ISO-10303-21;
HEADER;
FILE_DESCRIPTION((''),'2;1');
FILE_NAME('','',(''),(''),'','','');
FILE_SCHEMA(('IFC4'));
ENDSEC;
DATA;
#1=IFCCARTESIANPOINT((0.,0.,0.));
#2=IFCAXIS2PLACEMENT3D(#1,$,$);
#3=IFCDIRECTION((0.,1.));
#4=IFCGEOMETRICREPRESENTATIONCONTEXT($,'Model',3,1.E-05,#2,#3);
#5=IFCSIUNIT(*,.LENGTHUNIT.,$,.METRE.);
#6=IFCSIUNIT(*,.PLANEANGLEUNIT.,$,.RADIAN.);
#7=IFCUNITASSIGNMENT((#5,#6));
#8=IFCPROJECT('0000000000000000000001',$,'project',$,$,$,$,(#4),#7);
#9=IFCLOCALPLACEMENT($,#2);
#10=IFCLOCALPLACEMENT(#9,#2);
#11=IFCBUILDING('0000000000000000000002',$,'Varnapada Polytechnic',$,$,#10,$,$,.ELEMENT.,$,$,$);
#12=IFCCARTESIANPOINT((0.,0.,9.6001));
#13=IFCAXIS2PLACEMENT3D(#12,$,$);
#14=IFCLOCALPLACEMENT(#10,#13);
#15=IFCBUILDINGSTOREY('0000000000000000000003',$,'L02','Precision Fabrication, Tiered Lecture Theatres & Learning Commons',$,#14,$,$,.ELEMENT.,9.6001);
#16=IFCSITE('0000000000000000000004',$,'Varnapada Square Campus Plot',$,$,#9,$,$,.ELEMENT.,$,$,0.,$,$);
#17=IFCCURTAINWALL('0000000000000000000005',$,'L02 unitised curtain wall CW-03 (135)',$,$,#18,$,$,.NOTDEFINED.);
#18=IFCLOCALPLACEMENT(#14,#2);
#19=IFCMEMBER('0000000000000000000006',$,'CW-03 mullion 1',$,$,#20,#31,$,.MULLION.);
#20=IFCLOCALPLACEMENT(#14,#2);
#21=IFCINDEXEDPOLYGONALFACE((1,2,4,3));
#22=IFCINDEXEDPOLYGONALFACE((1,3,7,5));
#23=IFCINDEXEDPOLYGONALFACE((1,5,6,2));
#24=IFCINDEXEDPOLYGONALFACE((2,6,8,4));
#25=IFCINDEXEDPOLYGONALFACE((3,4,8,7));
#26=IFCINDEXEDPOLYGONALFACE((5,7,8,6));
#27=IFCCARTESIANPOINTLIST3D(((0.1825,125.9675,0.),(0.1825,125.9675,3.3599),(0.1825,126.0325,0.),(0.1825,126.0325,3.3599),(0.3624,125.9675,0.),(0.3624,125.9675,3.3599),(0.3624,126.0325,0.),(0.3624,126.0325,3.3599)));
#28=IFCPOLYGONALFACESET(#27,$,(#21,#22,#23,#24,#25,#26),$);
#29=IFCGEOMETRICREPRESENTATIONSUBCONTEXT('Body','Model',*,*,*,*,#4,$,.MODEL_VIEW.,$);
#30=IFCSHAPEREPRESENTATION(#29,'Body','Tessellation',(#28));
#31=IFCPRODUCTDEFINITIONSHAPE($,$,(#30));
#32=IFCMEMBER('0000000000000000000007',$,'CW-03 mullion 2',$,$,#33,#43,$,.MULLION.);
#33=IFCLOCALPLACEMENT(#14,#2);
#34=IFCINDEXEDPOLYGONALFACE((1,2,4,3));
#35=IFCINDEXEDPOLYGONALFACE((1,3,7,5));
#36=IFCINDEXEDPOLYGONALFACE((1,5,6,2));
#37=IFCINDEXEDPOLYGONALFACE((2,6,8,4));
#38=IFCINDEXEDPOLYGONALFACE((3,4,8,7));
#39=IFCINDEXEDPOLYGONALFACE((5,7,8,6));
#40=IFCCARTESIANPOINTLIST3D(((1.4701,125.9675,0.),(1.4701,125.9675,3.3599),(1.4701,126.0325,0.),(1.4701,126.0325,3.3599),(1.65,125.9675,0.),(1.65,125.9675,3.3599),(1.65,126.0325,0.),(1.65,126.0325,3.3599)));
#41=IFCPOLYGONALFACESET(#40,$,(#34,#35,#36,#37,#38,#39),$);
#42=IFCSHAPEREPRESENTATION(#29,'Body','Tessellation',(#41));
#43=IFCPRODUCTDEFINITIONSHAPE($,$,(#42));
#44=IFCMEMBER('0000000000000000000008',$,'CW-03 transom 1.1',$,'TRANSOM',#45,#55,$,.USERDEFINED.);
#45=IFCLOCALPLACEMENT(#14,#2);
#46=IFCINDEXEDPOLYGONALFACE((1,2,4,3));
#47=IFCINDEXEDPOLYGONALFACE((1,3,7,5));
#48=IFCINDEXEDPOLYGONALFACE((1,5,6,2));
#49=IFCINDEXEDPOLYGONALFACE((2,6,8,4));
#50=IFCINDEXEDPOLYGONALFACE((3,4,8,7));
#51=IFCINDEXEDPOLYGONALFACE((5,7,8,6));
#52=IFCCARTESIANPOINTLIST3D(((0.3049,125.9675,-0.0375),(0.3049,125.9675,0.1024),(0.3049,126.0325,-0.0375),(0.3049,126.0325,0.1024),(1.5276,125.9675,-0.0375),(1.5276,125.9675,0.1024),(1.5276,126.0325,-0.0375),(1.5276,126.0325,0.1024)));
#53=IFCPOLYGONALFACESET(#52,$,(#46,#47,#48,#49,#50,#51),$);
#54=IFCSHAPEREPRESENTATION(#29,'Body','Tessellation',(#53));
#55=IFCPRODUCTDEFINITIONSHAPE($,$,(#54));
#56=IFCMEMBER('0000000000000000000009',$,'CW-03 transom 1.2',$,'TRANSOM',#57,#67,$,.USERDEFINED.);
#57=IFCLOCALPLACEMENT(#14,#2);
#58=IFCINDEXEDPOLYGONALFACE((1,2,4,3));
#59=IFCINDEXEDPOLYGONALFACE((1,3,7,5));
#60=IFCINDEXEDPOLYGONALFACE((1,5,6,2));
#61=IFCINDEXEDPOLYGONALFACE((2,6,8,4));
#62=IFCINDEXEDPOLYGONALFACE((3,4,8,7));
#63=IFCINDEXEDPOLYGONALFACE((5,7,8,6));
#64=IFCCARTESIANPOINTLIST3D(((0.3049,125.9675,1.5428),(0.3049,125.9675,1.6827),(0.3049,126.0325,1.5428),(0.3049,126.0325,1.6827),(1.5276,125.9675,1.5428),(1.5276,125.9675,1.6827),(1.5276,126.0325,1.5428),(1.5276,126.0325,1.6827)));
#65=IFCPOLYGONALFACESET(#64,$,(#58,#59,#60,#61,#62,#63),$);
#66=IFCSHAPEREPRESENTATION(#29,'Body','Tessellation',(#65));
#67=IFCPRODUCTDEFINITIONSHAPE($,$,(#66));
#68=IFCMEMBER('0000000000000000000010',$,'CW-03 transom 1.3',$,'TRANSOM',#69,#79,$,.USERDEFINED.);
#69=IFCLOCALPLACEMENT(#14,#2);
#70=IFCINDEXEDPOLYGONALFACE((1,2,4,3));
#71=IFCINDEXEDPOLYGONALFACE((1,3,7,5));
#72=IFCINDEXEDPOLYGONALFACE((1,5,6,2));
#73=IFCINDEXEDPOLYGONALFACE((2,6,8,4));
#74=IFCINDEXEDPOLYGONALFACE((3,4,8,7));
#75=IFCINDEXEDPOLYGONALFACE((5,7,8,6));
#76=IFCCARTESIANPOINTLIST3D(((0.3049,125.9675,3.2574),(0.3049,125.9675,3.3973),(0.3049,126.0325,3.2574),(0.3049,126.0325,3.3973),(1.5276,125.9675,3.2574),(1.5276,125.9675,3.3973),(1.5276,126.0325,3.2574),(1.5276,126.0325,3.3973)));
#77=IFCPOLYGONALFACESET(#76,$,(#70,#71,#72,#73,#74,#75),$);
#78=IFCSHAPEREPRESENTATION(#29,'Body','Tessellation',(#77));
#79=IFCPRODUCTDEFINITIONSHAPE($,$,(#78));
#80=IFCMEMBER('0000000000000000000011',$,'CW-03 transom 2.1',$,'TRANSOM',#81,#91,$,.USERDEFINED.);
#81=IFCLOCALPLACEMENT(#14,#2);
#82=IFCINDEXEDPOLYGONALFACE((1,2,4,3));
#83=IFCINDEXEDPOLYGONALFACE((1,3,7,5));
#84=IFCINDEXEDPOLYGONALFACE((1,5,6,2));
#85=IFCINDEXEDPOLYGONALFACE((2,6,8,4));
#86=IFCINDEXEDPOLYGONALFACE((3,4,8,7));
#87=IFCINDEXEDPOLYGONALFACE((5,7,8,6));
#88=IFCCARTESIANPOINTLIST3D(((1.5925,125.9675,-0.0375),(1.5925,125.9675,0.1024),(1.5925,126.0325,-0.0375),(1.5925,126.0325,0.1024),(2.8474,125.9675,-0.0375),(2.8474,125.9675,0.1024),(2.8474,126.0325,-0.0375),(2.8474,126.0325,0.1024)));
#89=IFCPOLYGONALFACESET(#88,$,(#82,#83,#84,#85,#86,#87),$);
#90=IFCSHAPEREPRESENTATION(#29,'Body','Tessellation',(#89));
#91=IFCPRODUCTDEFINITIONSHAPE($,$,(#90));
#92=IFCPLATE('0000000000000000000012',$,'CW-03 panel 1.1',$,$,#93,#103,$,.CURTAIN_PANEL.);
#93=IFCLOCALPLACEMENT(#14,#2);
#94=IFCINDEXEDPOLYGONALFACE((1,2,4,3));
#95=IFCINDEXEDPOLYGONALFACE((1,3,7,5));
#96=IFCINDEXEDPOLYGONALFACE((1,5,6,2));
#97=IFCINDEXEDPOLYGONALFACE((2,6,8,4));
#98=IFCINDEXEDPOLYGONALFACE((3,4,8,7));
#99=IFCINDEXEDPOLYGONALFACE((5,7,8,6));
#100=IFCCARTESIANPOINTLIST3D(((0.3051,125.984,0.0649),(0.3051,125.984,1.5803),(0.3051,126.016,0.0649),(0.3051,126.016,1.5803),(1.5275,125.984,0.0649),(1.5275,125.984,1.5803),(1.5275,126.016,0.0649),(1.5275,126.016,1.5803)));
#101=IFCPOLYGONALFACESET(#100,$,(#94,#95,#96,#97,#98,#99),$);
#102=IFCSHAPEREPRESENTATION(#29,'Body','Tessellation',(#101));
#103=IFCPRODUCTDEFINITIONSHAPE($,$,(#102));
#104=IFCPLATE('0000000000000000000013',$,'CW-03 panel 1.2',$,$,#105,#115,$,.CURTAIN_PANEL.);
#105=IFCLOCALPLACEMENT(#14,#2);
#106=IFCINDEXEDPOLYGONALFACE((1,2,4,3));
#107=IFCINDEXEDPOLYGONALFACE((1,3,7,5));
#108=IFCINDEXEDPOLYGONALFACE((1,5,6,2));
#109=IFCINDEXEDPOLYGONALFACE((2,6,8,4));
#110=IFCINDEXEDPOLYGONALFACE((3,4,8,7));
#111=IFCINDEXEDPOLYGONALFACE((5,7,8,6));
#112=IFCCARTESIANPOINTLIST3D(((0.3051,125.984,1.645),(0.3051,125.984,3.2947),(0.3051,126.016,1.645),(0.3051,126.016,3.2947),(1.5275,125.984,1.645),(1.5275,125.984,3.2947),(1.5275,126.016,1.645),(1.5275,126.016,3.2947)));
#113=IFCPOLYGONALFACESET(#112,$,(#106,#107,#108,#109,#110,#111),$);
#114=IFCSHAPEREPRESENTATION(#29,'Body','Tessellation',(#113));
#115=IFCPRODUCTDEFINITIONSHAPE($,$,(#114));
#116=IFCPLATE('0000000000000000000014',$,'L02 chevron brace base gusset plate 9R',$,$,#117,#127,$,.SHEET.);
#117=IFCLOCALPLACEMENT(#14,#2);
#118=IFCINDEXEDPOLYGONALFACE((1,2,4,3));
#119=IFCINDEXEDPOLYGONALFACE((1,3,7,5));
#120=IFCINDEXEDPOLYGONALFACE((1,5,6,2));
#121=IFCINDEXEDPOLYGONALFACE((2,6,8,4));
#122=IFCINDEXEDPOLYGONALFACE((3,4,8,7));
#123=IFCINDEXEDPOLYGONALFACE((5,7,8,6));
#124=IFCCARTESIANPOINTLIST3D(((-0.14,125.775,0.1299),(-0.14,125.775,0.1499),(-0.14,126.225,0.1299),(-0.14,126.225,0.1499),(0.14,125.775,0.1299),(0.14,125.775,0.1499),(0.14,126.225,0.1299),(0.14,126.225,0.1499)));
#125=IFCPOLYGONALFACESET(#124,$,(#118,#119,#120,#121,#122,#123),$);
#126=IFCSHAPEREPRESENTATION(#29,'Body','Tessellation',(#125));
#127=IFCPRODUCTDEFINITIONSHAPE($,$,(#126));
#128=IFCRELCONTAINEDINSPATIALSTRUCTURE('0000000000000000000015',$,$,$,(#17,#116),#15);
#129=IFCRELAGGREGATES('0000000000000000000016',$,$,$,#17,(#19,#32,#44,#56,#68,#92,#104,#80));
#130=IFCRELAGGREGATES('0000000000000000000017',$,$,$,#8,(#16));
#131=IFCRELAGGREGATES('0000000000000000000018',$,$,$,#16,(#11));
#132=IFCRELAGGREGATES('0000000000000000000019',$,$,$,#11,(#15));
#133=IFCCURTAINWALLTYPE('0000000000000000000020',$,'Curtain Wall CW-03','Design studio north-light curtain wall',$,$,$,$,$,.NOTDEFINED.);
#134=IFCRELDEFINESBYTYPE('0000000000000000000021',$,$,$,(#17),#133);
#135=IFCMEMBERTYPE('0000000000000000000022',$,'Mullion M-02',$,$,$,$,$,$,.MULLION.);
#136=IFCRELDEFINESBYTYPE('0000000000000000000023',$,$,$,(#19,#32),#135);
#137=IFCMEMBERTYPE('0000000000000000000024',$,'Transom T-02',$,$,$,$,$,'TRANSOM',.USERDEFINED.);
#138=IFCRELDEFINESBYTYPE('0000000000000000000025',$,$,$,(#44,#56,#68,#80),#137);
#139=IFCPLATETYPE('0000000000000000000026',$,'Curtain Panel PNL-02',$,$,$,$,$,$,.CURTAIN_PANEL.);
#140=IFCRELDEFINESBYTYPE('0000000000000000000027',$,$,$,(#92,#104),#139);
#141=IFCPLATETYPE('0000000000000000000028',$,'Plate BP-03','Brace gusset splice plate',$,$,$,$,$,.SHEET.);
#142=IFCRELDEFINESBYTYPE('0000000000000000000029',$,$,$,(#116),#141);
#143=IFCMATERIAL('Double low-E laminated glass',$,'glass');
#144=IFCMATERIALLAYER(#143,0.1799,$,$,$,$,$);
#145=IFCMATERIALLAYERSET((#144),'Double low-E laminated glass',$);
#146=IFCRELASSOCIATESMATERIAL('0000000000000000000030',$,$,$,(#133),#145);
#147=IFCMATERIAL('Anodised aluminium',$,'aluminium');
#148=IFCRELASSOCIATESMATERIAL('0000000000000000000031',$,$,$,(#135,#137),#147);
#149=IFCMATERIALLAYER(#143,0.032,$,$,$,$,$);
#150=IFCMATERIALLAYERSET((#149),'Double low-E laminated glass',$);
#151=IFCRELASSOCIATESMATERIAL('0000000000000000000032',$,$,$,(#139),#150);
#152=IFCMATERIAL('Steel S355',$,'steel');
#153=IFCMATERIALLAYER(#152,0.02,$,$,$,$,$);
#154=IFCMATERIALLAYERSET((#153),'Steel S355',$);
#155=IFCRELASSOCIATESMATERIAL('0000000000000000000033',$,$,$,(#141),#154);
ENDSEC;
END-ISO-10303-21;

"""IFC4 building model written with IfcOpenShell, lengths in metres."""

from ifc_helpers import new_model, si_unit, direction, frame, origin, origin_2d, place, context, subcontext, project, spatial, rectangle, extrude, material, layer, layer_set, material_profile, profile_set, type_object, element, aggregate, save


model = new_model("IFC4")

# Units and contexts
model_context = context("Model", 3, precision=1e-05, world=origin(), true_north=direction((0.0, 1.0)))
body_context = subcontext(model_context, "Body", "Model", "MODEL_VIEW")
ifc_project = project(units=[si_unit("LENGTHUNIT", "METRE"), si_unit("PLANEANGLEUNIT", "RADIAN")], contexts=[model_context])

# Site, building, storey
site_placement = place(None, origin())
site = spatial("IfcSite", under=ifc_project, at=site_placement, Name="Varnapada Square Campus Plot", CompositionType="ELEMENT", RefElevation=0.0)
building_placement = place(site_placement, origin())
building = spatial("IfcBuilding", under=site, at=building_placement, Name="Varnapada Polytechnic", CompositionType="ELEMENT")
storey_placement = place(building_placement, frame((0.0, 0.0, 9.6001)))
storey = spatial("IfcBuildingStorey", under=building, at=storey_placement, Name="L02", Description="Precision Fabrication, Tiered Lecture Theatres & Learning Commons", CompositionType="ELEMENT", Elevation=9.6001)

# Curtain wall, members, plates
ifc_material_1 = material(Name="Double low-E laminated glass", Category="glass")
ifc_layer_1 = layer(ifc_material_1, 0.1799)
ifc_layer_set_1 = layer_set([ifc_layer_1], Name="Double low-E laminated glass")
curtain_wall_type = type_object("IfcCurtainWallType", Name="Curtain Wall CW-03", Description="Design studio north-light curtain wall", PredefinedType="NOTDEFINED", material=ifc_layer_set_1)
curtain_wall_placement = place(storey_placement, origin())
curtain_wall = element("IfcCurtainWall", 1, at=curtain_wall_placement, inside=storey, type_object=curtain_wall_type, Name="L02 unitised curtain wall CW-03 (135)", PredefinedType="NOTDEFINED")
ifc_material_2 = material(Name="Anodised aluminium", Category="aluminium")
ifc_material_profile_1 = material_profile(ifc_material_2, rectangle(XDim=0.0649, YDim=0.1799, at=origin_2d()), Name="ALU M65x180")
ifc_profile_set_1 = profile_set([ifc_material_profile_1], Name="Anodised aluminium")
member_type_1 = type_object("IfcMemberType", Name="Mullion M-02", PredefinedType="MULLION", material=ifc_profile_set_1)
member_1_placement = place(storey_placement, frame((0.2725, 126.0, 0.0), z_axis=(0.0, 0.0, 1.0), x_axis=(0.0, 1.0, 0.0)))
member_1 = element("IfcMember", 2, at=member_1_placement, type_object=member_type_1, Name="CW-03 mullion 1", PredefinedType="MULLION", context=body_context, shape_type="SweptSolid", body=[
    extrude(rectangle(XDim=0.0649, YDim=0.1799, at=origin_2d()), origin(), (0.0, 0.0, 1.0), 3.3599),
])
member_2_placement = place(storey_placement, frame((1.5601, 126.0, 0.0), z_axis=(0.0, 0.0, 1.0), x_axis=(0.0, 1.0, 0.0)))
member_2 = element("IfcMember", 3, at=member_2_placement, type_object=member_type_1, Name="CW-03 mullion 2", PredefinedType="MULLION", context=body_context, shape_type="SweptSolid", body=[
    extrude(rectangle(XDim=0.0649, YDim=0.1799, at=origin_2d()), origin(), (0.0, 0.0, 1.0), 3.3599),
])
ifc_material_profile_2 = material_profile(ifc_material_2, rectangle(XDim=0.0649, YDim=0.1399, at=origin_2d()), Name="ALU T65x140")
ifc_profile_set_2 = profile_set([ifc_material_profile_2], Name="Anodised aluminium")
member_type_2 = type_object("IfcMemberType", Name="Transom T-02", ElementType="TRANSOM", PredefinedType="USERDEFINED", material=ifc_profile_set_2)
member_3_placement = place(storey_placement, frame((0.3049, 126.0, 0.0325), z_axis=(1.0, 0.0, 0.0), x_axis=(0.0, 1.0, 0.0)))
member_3 = element("IfcMember", 4, at=member_3_placement, type_object=member_type_2, Name="CW-03 transom 1.1", ObjectType="TRANSOM", PredefinedType="USERDEFINED", context=body_context, shape_type="SweptSolid", body=[
    extrude(rectangle(XDim=0.0649, YDim=0.1399, at=origin_2d()), origin(), (0.0, 0.0, 1.0), 1.2227),
])
member_4_placement = place(storey_placement, frame((0.3049, 126.0, 1.6128), z_axis=(1.0, 0.0, 0.0), x_axis=(0.0, 1.0, 0.0)))
member_4 = element("IfcMember", 5, at=member_4_placement, type_object=member_type_2, Name="CW-03 transom 1.2", ObjectType="TRANSOM", PredefinedType="USERDEFINED", context=body_context, shape_type="SweptSolid", body=[
    extrude(rectangle(XDim=0.0649, YDim=0.1399, at=origin_2d()), origin(), (0.0, 0.0, 1.0), 1.2227),
])
member_5_placement = place(storey_placement, frame((0.3049, 126.0, 3.3274), z_axis=(1.0, 0.0, 0.0), x_axis=(0.0, 1.0, 0.0)))
member_5 = element("IfcMember", 6, at=member_5_placement, type_object=member_type_2, Name="CW-03 transom 1.3", ObjectType="TRANSOM", PredefinedType="USERDEFINED", context=body_context, shape_type="SweptSolid", body=[
    extrude(rectangle(XDim=0.0649, YDim=0.1399, at=origin_2d()), origin(), (0.0, 0.0, 1.0), 1.2227),
])
member_6_placement = place(storey_placement, frame((1.5925, 126.0, 0.0325), z_axis=(1.0, 0.0, 0.0), x_axis=(0.0, 1.0, 0.0)))
member_6 = element("IfcMember", 7, at=member_6_placement, type_object=member_type_2, Name="CW-03 transom 2.1", ObjectType="TRANSOM", PredefinedType="USERDEFINED", context=body_context, shape_type="SweptSolid", body=[
    extrude(rectangle(XDim=0.0649, YDim=0.1399, at=origin_2d()), origin(), (0.0, 0.0, 1.0), 1.2549),
])
ifc_layer_2 = layer(ifc_material_1, 0.032)
ifc_layer_set_2 = layer_set([ifc_layer_2], Name="Double low-E laminated glass")
plate_type_1 = type_object("IfcPlateType", Name="Curtain Panel PNL-02", PredefinedType="CURTAIN_PANEL", material=ifc_layer_set_2)
plate_1_placement = place(storey_placement, frame((0.9163, 126.0, 0.0649), z_axis=(0.0, 0.0, 1.0), x_axis=(1.0, 0.0, 0.0)))
plate_1 = element("IfcPlate", 8, at=plate_1_placement, type_object=plate_type_1, Name="CW-03 panel 1.1", PredefinedType="CURTAIN_PANEL", context=body_context, shape_type="SweptSolid", body=[
    extrude(rectangle(XDim=1.2224, YDim=0.032, at=origin_2d()), origin(), (0.0, 0.0, 1.0), 1.5154),
])
plate_2_placement = place(storey_placement, frame((0.9163, 126.0, 1.645), z_axis=(0.0, 0.0, 1.0), x_axis=(1.0, 0.0, 0.0)))
plate_2 = element("IfcPlate", 9, at=plate_2_placement, type_object=plate_type_1, Name="CW-03 panel 1.2", PredefinedType="CURTAIN_PANEL", context=body_context, shape_type="SweptSolid", body=[
    extrude(rectangle(XDim=1.2224, YDim=0.032, at=origin_2d()), origin(), (0.0, 0.0, 1.0), 1.6497),
])
aggregate(curtain_wall, [member_1, member_2, member_3, member_4, member_5, plate_1, plate_2, member_6])

# Plate
ifc_material_3 = material(Name="Steel S355", Category="steel")
ifc_layer_3 = layer(ifc_material_3, 0.02)
ifc_layer_set_3 = layer_set([ifc_layer_3], Name="Steel S355")
plate_type_2 = type_object("IfcPlateType", Name="Plate BP-03", Description="Brace gusset splice plate", PredefinedType="SHEET", material=ifc_layer_set_3)
plate_3_placement = place(storey_placement, frame((0.0, 126.0, 0.1299), z_axis=(0.0, 0.0, 1.0), x_axis=(0.0, 1.0, 0.0)))
element("IfcPlate", 10, at=plate_3_placement, inside=storey, type_object=plate_type_2, Name="L02 chevron brace base gusset plate 9R", PredefinedType="SHEET", context=body_context, shape_type="SweptSolid", body=[
    extrude(rectangle(XDim=0.45, YDim=0.28, at=origin_2d()), origin(), (0.0, 0.0, 1.0), 0.02),
])

save(model, "model.ifc")
